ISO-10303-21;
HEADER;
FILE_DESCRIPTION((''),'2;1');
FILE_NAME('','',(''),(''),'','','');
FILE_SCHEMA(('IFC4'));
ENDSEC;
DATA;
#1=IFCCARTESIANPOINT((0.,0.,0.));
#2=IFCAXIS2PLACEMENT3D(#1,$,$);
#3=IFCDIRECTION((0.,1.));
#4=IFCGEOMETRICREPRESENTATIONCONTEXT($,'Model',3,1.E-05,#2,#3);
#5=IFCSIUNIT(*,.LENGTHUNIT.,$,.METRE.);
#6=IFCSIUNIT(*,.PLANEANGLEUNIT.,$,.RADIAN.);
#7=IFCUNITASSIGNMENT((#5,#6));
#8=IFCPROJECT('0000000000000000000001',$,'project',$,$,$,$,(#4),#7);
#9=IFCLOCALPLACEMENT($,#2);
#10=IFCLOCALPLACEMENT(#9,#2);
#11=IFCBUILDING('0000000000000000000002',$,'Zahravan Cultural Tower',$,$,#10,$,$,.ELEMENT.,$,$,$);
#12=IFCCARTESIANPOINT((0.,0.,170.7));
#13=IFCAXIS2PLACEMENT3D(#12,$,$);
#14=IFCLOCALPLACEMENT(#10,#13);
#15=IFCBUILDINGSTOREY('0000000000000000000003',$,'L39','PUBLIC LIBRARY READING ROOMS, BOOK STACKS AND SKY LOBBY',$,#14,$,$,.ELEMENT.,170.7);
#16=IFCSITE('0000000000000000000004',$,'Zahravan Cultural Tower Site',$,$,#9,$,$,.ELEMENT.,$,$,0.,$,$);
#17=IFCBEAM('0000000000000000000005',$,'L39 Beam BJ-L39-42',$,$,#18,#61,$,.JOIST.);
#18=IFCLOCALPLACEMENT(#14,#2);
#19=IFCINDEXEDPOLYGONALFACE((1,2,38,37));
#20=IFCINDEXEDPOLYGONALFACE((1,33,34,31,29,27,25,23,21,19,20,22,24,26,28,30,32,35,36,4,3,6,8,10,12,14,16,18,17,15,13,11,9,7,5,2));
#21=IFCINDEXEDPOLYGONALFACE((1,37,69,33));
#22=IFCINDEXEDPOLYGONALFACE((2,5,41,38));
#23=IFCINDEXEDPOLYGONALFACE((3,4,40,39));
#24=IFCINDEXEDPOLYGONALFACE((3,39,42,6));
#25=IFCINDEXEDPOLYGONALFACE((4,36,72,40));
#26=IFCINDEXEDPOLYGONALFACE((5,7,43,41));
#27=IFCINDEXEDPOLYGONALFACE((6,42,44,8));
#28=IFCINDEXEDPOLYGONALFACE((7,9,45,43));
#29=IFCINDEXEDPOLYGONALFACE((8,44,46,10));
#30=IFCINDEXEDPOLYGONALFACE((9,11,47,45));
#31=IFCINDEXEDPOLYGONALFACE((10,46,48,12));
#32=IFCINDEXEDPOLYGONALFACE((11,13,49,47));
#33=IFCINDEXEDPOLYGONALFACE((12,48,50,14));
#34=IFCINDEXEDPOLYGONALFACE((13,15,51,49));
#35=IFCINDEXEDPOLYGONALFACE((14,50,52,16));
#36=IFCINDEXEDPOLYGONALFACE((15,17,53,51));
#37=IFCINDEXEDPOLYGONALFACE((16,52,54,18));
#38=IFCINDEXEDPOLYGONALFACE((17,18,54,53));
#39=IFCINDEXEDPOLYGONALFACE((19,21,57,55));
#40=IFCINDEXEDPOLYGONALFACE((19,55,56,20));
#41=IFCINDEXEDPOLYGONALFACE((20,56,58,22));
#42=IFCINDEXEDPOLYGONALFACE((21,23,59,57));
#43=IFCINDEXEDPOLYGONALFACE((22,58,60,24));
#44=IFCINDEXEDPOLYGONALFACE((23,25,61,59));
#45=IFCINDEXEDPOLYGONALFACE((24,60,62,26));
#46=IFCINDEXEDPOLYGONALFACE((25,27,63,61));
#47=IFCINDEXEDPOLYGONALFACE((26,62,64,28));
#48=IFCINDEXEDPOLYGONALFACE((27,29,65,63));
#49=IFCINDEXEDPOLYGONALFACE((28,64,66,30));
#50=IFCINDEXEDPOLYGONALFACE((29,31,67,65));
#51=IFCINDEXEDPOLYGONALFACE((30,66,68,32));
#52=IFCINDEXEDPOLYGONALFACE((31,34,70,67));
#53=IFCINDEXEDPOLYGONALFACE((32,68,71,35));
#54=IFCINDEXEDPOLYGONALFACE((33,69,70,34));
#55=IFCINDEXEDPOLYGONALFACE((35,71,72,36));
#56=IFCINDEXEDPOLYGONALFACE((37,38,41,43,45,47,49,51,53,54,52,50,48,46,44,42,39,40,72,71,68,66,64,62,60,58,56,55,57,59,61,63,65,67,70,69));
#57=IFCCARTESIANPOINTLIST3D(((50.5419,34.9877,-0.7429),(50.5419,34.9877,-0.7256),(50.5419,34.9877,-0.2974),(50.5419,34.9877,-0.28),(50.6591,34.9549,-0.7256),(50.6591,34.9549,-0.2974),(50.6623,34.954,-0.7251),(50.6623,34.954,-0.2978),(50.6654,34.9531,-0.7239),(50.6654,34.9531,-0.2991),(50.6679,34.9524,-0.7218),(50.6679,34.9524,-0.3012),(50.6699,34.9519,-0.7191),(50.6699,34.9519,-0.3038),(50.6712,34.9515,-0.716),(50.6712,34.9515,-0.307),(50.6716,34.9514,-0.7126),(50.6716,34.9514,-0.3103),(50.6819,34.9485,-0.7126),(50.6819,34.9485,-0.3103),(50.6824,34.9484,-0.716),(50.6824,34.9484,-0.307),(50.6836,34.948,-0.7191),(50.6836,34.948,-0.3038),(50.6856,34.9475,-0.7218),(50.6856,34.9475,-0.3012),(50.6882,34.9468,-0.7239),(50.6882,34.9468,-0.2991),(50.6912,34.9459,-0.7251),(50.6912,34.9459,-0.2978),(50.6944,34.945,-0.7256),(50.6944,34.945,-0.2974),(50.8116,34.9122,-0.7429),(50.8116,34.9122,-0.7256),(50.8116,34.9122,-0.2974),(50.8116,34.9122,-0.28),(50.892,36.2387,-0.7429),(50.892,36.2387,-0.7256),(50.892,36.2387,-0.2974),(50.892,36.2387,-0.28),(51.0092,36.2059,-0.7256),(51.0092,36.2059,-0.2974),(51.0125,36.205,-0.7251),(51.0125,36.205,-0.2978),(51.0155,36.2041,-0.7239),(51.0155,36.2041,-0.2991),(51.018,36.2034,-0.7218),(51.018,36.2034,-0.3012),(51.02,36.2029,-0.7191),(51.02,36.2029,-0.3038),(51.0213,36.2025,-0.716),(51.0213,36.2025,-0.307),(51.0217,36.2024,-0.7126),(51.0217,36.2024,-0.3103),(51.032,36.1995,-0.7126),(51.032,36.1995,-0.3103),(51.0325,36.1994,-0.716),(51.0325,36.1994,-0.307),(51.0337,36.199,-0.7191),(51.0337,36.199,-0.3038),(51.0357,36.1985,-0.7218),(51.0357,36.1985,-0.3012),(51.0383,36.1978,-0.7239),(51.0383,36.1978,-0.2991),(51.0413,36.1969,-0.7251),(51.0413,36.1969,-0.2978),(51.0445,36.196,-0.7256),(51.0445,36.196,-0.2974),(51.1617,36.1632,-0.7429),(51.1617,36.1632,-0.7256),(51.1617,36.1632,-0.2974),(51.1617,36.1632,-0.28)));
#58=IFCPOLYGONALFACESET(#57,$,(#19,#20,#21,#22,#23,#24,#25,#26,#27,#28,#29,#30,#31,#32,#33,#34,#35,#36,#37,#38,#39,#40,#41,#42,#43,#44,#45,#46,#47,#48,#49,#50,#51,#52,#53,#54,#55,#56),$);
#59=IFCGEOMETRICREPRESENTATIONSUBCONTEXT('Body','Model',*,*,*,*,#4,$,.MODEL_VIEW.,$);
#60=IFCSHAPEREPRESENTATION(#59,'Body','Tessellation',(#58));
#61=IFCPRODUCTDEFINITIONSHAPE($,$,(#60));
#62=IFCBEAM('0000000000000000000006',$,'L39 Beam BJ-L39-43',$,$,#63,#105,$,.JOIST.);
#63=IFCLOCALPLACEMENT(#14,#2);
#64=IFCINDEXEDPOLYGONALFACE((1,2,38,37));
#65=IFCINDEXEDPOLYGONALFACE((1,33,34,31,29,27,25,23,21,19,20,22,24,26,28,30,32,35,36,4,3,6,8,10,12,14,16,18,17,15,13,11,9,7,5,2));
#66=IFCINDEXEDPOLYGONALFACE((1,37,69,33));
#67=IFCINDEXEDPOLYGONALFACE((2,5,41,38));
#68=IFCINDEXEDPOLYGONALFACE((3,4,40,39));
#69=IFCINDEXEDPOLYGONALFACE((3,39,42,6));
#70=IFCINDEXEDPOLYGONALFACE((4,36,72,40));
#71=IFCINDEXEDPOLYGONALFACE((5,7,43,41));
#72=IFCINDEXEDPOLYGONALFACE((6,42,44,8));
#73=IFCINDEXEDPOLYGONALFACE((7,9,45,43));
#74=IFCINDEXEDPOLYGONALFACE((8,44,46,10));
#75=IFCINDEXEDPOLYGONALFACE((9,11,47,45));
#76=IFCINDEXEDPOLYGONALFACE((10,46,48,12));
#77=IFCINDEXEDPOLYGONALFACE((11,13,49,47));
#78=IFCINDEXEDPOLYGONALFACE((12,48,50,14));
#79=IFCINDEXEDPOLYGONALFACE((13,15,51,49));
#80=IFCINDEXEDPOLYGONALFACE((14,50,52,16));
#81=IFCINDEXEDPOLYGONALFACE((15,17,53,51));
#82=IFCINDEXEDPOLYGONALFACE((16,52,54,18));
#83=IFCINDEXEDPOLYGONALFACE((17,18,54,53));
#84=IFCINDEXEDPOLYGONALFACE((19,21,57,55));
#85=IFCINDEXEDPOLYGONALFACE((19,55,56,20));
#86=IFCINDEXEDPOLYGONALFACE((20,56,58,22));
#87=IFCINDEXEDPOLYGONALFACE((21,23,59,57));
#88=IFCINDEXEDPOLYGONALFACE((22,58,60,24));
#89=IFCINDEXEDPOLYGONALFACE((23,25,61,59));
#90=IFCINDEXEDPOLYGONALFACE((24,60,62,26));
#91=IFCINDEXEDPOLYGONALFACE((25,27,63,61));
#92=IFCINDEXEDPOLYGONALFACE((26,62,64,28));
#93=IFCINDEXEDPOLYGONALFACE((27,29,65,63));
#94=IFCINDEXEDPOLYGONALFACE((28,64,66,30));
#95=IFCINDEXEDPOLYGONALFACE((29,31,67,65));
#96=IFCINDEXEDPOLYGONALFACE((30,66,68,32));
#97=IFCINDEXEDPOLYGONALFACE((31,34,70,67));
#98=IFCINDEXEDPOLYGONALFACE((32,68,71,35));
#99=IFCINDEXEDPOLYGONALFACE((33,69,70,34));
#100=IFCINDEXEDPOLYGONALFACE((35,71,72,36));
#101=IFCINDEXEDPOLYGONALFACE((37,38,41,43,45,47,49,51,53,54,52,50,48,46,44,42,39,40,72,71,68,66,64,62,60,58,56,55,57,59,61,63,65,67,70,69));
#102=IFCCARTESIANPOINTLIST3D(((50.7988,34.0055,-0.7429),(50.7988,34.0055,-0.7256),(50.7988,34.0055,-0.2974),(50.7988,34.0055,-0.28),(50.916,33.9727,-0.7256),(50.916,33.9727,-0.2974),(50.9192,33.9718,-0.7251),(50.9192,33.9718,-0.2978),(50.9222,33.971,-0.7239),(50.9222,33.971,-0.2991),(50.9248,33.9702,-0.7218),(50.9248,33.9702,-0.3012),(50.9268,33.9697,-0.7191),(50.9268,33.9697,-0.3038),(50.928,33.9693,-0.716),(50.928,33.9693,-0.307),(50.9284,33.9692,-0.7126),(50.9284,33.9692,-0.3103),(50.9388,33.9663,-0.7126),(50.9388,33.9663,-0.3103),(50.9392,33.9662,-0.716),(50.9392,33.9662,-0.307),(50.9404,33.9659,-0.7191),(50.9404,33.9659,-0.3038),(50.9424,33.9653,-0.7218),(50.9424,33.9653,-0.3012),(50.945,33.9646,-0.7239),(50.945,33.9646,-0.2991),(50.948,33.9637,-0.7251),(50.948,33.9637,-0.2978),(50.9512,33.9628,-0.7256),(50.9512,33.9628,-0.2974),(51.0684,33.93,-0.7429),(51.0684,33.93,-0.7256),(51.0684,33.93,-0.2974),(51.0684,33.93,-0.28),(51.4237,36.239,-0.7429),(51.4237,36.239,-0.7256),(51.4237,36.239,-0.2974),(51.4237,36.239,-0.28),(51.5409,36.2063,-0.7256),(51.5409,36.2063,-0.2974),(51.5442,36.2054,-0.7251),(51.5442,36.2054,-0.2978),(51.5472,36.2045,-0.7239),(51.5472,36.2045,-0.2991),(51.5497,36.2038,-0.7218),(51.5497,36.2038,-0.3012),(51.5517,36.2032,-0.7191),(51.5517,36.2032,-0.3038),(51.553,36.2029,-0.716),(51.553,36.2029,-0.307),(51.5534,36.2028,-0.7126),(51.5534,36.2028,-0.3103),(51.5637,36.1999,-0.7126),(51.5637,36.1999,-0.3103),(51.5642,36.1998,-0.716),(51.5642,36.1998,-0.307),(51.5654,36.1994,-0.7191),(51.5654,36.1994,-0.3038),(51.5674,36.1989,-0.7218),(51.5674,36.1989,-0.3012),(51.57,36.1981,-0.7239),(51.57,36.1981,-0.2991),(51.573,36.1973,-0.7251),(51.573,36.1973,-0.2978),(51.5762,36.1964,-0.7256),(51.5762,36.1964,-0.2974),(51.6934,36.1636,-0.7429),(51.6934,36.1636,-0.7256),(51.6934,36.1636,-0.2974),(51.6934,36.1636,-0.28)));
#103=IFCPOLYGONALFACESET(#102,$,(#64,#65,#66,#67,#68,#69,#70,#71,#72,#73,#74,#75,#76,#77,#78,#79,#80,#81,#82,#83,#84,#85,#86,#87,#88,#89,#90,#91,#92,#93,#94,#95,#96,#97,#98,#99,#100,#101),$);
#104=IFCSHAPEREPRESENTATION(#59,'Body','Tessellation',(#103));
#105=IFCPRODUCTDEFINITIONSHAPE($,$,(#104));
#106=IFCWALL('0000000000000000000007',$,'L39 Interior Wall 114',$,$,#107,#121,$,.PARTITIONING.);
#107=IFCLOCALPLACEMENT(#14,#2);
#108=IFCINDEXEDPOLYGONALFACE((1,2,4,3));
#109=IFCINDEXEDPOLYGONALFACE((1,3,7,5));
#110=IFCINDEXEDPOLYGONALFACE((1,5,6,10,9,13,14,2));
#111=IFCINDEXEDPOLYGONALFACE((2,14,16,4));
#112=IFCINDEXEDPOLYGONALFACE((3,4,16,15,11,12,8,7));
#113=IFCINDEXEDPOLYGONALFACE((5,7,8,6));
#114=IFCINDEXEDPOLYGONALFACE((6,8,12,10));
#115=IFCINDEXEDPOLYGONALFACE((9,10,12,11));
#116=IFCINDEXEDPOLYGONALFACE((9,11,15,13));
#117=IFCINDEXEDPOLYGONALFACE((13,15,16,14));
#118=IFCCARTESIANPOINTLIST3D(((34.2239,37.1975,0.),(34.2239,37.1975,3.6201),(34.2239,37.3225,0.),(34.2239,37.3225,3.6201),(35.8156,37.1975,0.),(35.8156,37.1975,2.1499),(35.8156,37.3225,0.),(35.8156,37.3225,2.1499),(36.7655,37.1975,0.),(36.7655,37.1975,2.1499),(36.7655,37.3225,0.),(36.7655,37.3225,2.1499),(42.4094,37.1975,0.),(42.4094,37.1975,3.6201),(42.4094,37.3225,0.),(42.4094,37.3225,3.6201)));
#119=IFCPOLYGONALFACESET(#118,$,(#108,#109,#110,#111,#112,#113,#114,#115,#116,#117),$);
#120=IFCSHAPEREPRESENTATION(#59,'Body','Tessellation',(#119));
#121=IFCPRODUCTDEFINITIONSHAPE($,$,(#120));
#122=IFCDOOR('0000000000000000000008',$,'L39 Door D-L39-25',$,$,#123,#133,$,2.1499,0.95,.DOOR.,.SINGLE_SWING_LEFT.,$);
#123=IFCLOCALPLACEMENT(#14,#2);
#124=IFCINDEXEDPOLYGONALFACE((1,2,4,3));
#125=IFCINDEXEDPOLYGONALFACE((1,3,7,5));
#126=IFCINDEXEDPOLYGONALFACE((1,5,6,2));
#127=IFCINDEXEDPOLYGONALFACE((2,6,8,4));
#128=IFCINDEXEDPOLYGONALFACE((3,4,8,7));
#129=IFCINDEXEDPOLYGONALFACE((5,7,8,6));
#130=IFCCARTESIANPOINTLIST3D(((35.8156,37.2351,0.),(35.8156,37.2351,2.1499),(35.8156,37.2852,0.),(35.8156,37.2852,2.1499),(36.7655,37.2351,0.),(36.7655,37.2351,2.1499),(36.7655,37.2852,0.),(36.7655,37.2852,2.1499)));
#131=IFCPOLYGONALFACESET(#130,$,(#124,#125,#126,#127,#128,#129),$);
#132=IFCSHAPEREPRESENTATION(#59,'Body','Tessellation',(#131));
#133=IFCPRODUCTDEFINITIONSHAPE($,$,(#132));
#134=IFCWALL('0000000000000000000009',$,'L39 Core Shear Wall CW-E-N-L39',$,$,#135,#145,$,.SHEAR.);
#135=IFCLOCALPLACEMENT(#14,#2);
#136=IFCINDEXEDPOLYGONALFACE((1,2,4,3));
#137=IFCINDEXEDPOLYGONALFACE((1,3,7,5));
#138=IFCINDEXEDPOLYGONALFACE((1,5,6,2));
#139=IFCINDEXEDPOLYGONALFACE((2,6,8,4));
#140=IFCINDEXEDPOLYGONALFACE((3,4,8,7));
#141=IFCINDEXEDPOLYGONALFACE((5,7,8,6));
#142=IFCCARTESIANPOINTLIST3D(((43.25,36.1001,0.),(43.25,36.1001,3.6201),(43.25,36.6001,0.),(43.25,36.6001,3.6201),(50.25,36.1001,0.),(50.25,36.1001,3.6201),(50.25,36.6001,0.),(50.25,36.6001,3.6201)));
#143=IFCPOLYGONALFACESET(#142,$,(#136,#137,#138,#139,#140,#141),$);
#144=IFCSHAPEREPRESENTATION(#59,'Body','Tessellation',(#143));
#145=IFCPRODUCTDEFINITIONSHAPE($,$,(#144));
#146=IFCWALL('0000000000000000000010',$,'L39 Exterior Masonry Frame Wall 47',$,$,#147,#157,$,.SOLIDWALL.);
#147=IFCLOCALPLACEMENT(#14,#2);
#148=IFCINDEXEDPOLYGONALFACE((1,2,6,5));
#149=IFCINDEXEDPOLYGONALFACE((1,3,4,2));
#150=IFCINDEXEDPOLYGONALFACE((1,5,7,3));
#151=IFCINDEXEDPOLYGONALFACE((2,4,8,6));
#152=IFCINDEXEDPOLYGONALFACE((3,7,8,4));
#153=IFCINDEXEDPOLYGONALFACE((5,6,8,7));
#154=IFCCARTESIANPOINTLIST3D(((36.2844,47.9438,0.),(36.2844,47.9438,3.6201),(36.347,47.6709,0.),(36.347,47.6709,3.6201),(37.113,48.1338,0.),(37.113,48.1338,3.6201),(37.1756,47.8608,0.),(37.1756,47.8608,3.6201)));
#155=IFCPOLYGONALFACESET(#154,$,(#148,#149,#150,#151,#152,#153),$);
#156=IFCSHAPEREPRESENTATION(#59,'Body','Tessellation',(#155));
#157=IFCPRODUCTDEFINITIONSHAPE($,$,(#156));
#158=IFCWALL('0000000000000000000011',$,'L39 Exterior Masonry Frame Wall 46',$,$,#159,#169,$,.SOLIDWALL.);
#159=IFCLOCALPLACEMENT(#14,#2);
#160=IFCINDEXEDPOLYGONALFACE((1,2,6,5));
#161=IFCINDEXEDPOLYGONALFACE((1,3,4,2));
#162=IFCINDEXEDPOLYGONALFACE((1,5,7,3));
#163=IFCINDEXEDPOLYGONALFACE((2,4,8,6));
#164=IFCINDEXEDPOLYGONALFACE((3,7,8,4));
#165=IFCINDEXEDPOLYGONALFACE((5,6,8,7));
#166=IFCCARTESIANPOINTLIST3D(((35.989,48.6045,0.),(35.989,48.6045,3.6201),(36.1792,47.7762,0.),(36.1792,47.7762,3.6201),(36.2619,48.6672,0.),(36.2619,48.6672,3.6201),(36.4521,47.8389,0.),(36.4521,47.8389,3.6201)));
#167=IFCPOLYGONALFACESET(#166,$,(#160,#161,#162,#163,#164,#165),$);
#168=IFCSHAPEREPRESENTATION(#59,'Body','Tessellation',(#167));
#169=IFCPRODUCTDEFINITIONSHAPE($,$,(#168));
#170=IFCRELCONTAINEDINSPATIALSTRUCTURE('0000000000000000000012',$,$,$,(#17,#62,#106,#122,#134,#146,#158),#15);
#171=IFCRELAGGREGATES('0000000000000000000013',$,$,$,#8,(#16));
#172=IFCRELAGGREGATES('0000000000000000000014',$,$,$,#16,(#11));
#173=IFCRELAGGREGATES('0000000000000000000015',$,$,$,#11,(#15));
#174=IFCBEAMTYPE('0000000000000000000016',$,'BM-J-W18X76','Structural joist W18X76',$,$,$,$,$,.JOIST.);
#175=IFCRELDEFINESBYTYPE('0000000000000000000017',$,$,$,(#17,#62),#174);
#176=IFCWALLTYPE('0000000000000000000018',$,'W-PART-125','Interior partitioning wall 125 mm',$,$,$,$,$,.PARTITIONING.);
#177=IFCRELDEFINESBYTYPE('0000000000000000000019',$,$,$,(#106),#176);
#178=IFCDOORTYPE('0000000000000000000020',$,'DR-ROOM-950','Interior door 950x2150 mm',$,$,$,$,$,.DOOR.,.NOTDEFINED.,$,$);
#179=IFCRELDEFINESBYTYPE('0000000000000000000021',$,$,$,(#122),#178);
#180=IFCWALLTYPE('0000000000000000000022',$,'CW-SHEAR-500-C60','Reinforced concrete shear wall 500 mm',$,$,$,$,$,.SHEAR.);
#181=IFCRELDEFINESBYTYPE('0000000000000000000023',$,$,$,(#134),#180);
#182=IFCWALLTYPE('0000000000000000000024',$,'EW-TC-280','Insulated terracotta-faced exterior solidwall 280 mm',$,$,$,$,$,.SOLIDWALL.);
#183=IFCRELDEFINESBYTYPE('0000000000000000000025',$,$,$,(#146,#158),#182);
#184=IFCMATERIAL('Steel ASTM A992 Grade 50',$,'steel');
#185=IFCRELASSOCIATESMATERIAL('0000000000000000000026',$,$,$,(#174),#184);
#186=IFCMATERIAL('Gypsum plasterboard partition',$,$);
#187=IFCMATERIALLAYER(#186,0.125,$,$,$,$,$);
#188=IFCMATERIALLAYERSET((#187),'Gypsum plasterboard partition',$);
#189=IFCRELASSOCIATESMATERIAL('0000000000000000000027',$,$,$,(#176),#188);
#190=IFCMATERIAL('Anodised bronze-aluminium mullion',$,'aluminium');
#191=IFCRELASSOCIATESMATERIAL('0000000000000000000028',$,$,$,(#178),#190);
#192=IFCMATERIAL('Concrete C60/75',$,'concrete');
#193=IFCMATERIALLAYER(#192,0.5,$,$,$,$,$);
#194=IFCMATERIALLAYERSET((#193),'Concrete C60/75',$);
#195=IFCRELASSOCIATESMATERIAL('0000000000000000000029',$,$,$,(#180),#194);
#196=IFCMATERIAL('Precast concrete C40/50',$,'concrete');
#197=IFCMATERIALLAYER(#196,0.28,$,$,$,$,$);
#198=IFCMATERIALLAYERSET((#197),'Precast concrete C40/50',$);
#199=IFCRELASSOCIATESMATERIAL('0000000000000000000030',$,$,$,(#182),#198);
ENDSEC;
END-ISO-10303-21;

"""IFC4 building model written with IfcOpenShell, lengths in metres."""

from ifc_helpers import new_model, si_unit, direction, frame, frame_2d, origin, origin_2d, place, context, subcontext, project, spatial, rectangle, i_section, extrude, source, transform, mapped, material, layer, layer_set, material_profile, profile_set, type_object, element, fill, save


model = new_model("IFC4")

# Units and contexts
model_context = context("Model", 3, precision=1e-05, world=origin(), true_north=direction((0.0, 1.0)))
body_context = subcontext(model_context, "Body", "Model", "MODEL_VIEW")
ifc_project = project(units=[si_unit("LENGTHUNIT", "METRE"), si_unit("PLANEANGLEUNIT", "RADIAN")], contexts=[model_context])

# Site, building, storey
site_placement = place(None, origin())
site = spatial("IfcSite", under=ifc_project, at=site_placement, Name="Zahravan Cultural Tower Site", CompositionType="ELEMENT", RefElevation=0.0)
building_placement = place(site_placement, origin())
building = spatial("IfcBuilding", under=site, at=building_placement, Name="Zahravan Cultural Tower", CompositionType="ELEMENT")
storey_placement = place(building_placement, frame((0.0, 0.0, 170.7)))
storey = spatial("IfcBuildingStorey", under=building, at=storey_placement, Name="L39", Description="PUBLIC LIBRARY READING ROOMS, BOOK STACKS AND SKY LOBBY", CompositionType="ELEMENT", Elevation=170.7)

# Beams
ifc_material_1 = material(Name="Steel ASTM A992 Grade 50", Category="steel")
ifc_material_profile_1 = material_profile(ifc_material_1, i_section(OverallWidth=0.28, OverallDepth=0.4629, WebThickness=0.0107, FlangeThickness=0.0173, FilletRadius=0.0129, at=origin_2d()), Name="W18X76")
ifc_profile_set_1 = profile_set([ifc_material_profile_1], Name="Steel ASTM A992 Grade 50")
beam_type_1 = type_object("IfcBeamType", Name="BM-J-W18X76", Description="Structural joist W18X76", PredefinedType="JOIST", material=ifc_profile_set_1)
shared_shape_1 = source(origin(), body_context, "Body", "SweptSolid", [
    extrude(i_section(OverallWidth=0.28, OverallDepth=0.4629, WebThickness=0.0107, FlangeThickness=0.0173, FilletRadius=0.0129, at=origin_2d()), origin(), (0.0, 0.0, 1.0), 1.2991),
])
beam_1_placement = place(storey_placement, frame((50.6768, 34.95, -0.5115), z_axis=(0.269504, 0.962999, 0.0), x_axis=(-0.962999, 0.269504, 0.0)))
element("IfcBeam", 1, at=beam_1_placement, inside=storey, type_object=beam_type_1, Name="L39 Beam BJ-L39-42", PredefinedType="JOIST", context=body_context, shape_type="MappedRepresentation", body=[
    mapped(shared_shape_1, transform((0.0, 0.0, 0.0), x_axis=(1.0, 0.0, 0.0), y_axis=(0.0, 1.0, 0.0), z_axis=(0.0, 0.0, 1.0), scale=1.0)),
])
shared_shape_2 = source(origin(), body_context, "Body", "SweptSolid", [
    extrude(i_section(OverallWidth=0.28, OverallDepth=0.4629, WebThickness=0.0107, FlangeThickness=0.0173, FilletRadius=0.0129, at=origin_2d()), origin(), (0.0, 0.0, 1.0), 2.3193),
])
beam_2_placement = place(storey_placement, frame((50.9336, 33.9678, -0.5115), z_axis=(0.269462, 0.963011, 0.0), x_axis=(-0.963011, 0.269462, 0.0)))
element("IfcBeam", 2, at=beam_2_placement, inside=storey, type_object=beam_type_1, Name="L39 Beam BJ-L39-43", PredefinedType="JOIST", context=body_context, shape_type="MappedRepresentation", body=[
    mapped(shared_shape_2, transform((0.0, 0.0, 0.0), x_axis=(1.0, 0.0, 0.0), y_axis=(0.0, 1.0, 0.0), z_axis=(0.0, 0.0, 1.0), scale=1.0)),
])

# Wall, opening, door
ifc_material_2 = material(Name="Gypsum plasterboard partition")
ifc_layer_1 = layer(ifc_material_2, 0.125)
ifc_layer_set_1 = layer_set([ifc_layer_1], Name="Gypsum plasterboard partition")
wall_type_1 = type_object("IfcWallType", Name="W-PART-125", Description="Interior partitioning wall 125 mm", PredefinedType="PARTITIONING", material=ifc_layer_set_1)
wall_1_placement = place(storey_placement, frame((42.4094, 37.26, 0.0), z_axis=(0.0, 0.0, 1.0), x_axis=(-1.0, 0.0, 0.0)))
wall_1 = element("IfcWall", 3, at=wall_1_placement, inside=storey, type_object=wall_type_1, Name="L39 Interior Wall 114", PredefinedType="PARTITIONING", context=body_context, shape_type="SweptSolid", body=[
    extrude(rectangle(XDim=8.1855, YDim=0.125, at=frame_2d((4.0928, 0.0))), origin(), (0.0, 0.0, 1.0), 3.6201),
])
opening_1_placement = place(wall_1_placement, frame((5.6438, 0.0, 0.0)))
opening_1 = element("IfcOpeningElement", 4, at=opening_1_placement, cuts=wall_1, PredefinedType="OPENING", context=body_context, shape_type="SweptSolid", body=[
    extrude(rectangle(XDim=0.95, YDim=2.1499, at=frame_2d((0.4751, 1.075))), frame((0.0, 0.0725, 0.0), z_axis=(0.0, -1.0, 0.0), x_axis=(1.0, 0.0, 0.0)), (0.0, 0.0, 1.0), 0.145),
])
ifc_material_3 = material(Name="Anodised bronze-aluminium mullion", Category="aluminium")
door_type_1 = type_object("IfcDoorType", Name="DR-ROOM-950", Description="Interior door 950x2150 mm", OperationType="NOTDEFINED", PredefinedType="DOOR", material=ifc_material_3)
shared_shape_3 = source(origin(), body_context, "Body", "SweptSolid", [
    extrude(rectangle(XDim=0.95, YDim=2.1499, at=frame_2d((0.4751, 1.075))), frame((0.0, 0.0249, 0.0), z_axis=(0.0, -1.0, 0.0), x_axis=(1.0, 0.0, 0.0)), (0.0, 0.0, 1.0), 0.05),
])
door_1_placement = place(opening_1_placement, origin())
door_1 = element("IfcDoor", 5, at=door_1_placement, inside=storey, type_object=door_type_1, Name="L39 Door D-L39-25", OperationType="SINGLE_SWING_LEFT", OverallHeight=2.1499, OverallWidth=0.95, PredefinedType="DOOR", context=body_context, shape_type="MappedRepresentation", body=[
    mapped(shared_shape_3, transform((0.0, 0.0, 0.0), x_axis=(1.0, 0.0, 0.0), y_axis=(0.0, 1.0, 0.0), z_axis=(0.0, 0.0, 1.0), scale=1.0)),
])
fill(opening_1, door_1)

# Walls
ifc_material_4 = material(Name="Concrete C60/75", Category="concrete")
ifc_layer_2 = layer(ifc_material_4, 0.5)
ifc_layer_set_2 = layer_set([ifc_layer_2], Name="Concrete C60/75")
wall_type_2 = type_object("IfcWallType", Name="CW-SHEAR-500-C60", Description="Reinforced concrete shear wall 500 mm", PredefinedType="SHEAR", material=ifc_layer_set_2)
shared_shape_4 = source(origin(), body_context, "Body", "SweptSolid", [
    extrude(rectangle(XDim=7.0, YDim=0.5, at=frame_2d((3.5, 0.0))), origin(), (0.0, 0.0, 1.0), 3.6201),
])
wall_2_placement = place(storey_placement, frame((43.25, 36.3501, 0.0), z_axis=(0.0, 0.0, 1.0), x_axis=(1.0, 0.0, 0.0)))
element("IfcWall", 6, at=wall_2_placement, inside=storey, type_object=wall_type_2, Name="L39 Core Shear Wall CW-E-N-L39", PredefinedType="SHEAR", context=body_context, shape_type="MappedRepresentation", body=[
    mapped(shared_shape_4, transform((0.0, 0.0, 0.0), x_axis=(1.0, 0.0, 0.0), y_axis=(0.0, 1.0, 0.0), z_axis=(0.0, 0.0, 1.0), scale=1.0)),
])
ifc_material_5 = material(Name="Precast concrete C40/50", Category="concrete")
ifc_layer_3 = layer(ifc_material_5, 0.28)
ifc_layer_set_3 = layer_set([ifc_layer_3], Name="Precast concrete C40/50")
wall_type_3 = type_object("IfcWallType", Name="EW-TC-280", Description="Insulated terracotta-faced exterior solidwall 280 mm", PredefinedType="SOLIDWALL", material=ifc_layer_set_3)
shared_shape_5 = source(origin(), body_context, "Body", "SweptSolid", [
    extrude(rectangle(XDim=0.8501, YDim=0.28, at=frame_2d((0.425, 0.0))), origin(), (0.0, 0.0, 1.0), 3.6201),
])
wall_3_placement = place(storey_placement, frame((36.3157, 47.8074, 0.0), z_axis=(0.0, 0.0, 1.0), x_axis=(0.974719, 0.223433, 0.0)))
element("IfcWall", 7, at=wall_3_placement, inside=storey, type_object=wall_type_3, Name="L39 Exterior Masonry Frame Wall 47", PredefinedType="SOLIDWALL", context=body_context, shape_type="MappedRepresentation", body=[
    mapped(shared_shape_5, transform((0.0, 0.0, 0.0), x_axis=(1.0, 0.0, 0.0), y_axis=(0.0, 1.0, 0.0), z_axis=(0.0, 0.0, 1.0), scale=1.0)),
])
shared_shape_6 = source(origin(), body_context, "Body", "SweptSolid", [
    extrude(rectangle(XDim=0.8499, YDim=0.28, at=frame_2d((0.4248, 0.0))), origin(), (0.0, 0.0, 1.0), 3.6201),
])
for number, where, z_axis, x_axis, name in (
    (8, (36.1255, 48.6357, 0.0), (0.0, 0.0, 1.0), (0.223768, -0.974642, 0.0), "L39 Exterior Masonry Frame Wall 46"),
):
    element("IfcWall", number, at=place(storey_placement, frame(where, z_axis=z_axis, x_axis=x_axis)), inside=storey, type_object=wall_type_3, Name=name, PredefinedType="SOLIDWALL", context=body_context, shape_type="MappedRepresentation", body=[
        mapped(shared_shape_6, transform((0.0, 0.0, 0.0), x_axis=(1.0, 0.0, 0.0), y_axis=(0.0, 1.0, 0.0), z_axis=(0.0, 0.0, 1.0), scale=1.0)),
    ])

save(model, "model.ifc")
